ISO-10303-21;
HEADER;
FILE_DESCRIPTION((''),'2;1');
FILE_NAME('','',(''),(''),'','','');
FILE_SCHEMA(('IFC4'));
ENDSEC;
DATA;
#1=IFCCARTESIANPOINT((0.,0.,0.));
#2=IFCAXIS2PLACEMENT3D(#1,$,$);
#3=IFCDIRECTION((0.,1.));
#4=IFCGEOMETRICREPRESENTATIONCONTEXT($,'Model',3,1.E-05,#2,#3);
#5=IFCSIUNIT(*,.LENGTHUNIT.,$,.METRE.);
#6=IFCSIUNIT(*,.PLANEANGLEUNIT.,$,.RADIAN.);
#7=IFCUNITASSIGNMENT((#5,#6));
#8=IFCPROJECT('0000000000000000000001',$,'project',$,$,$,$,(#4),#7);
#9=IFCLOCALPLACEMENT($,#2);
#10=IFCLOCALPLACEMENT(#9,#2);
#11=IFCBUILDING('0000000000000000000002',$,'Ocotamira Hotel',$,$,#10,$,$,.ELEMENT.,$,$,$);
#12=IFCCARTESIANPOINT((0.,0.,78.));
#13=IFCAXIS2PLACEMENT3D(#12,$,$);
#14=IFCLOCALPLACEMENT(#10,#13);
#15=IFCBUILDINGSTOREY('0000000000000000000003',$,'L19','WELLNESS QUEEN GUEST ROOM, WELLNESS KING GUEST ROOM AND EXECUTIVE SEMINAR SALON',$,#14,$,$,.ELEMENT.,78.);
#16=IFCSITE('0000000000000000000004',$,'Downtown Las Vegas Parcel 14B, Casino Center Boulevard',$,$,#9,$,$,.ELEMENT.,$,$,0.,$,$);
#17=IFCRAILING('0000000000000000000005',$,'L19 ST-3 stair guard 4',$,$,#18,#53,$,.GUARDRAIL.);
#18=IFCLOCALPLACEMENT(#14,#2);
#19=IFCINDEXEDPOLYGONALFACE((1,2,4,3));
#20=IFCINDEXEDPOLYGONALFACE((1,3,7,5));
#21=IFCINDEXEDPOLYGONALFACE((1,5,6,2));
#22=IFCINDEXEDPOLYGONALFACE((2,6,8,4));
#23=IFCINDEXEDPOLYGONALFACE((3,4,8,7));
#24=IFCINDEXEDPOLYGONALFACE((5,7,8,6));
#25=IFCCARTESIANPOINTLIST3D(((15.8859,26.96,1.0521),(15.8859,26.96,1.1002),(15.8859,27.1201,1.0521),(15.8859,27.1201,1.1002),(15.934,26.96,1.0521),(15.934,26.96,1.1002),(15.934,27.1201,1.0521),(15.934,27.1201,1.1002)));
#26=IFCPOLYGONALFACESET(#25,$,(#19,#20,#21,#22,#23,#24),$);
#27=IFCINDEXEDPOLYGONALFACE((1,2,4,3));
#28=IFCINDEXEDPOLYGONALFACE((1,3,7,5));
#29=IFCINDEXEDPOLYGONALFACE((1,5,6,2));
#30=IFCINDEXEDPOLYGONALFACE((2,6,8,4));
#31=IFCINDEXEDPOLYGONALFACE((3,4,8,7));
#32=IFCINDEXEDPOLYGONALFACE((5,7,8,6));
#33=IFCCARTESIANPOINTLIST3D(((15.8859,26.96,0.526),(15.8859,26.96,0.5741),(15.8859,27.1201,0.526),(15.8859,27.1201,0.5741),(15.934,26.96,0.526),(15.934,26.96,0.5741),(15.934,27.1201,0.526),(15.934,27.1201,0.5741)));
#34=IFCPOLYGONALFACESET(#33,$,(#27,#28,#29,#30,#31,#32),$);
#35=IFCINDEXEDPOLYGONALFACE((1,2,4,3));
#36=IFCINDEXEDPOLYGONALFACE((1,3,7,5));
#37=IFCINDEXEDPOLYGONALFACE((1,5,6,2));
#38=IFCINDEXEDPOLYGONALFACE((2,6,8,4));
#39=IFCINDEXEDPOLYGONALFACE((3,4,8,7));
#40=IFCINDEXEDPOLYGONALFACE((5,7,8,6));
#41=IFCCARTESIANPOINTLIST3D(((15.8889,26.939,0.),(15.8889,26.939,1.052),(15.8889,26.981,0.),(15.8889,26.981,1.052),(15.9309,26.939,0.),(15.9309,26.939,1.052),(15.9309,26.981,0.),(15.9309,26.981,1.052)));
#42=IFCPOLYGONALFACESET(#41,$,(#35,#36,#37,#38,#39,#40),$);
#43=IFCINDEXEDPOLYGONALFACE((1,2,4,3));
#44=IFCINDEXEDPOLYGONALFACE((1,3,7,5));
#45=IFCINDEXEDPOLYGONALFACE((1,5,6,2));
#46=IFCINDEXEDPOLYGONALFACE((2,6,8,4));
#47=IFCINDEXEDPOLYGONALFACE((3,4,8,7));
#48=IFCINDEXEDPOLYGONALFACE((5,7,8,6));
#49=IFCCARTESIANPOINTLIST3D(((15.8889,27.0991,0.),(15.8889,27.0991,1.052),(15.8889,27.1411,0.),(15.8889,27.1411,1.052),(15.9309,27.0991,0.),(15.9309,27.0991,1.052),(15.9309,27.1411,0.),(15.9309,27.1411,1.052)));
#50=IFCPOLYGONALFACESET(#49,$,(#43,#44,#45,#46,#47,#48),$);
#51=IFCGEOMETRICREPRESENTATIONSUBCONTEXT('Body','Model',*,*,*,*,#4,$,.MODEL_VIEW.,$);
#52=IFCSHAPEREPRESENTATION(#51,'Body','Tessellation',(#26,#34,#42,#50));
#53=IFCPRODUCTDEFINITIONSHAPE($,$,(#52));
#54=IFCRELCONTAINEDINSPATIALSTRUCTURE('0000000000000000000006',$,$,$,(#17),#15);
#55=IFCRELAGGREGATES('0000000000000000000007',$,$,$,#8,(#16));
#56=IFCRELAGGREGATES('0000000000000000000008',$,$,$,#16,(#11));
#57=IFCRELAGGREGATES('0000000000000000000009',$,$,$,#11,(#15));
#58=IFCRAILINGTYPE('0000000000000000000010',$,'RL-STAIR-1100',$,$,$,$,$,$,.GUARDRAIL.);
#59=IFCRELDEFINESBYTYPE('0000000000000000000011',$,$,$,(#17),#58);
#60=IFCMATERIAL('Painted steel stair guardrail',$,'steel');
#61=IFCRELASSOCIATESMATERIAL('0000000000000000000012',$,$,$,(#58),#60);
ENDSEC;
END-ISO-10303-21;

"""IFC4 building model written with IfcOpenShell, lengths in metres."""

from ifc_helpers import new_model, si_unit, direction, frame, origin, origin_2d, place, context, subcontext, project, spatial, rectangle, extrude, material, type_object, element, save


model = new_model("IFC4")

# Units and contexts
model_context = context("Model", 3, precision=1e-05, world=origin(), true_north=direction((0.0, 1.0)))
body_context = subcontext(model_context, "Body", "Model", "MODEL_VIEW")
ifc_project = project(units=[si_unit("LENGTHUNIT", "METRE"), si_unit("PLANEANGLEUNIT", "RADIAN")], contexts=[model_context])

# Site, building, storey
site_placement = place(None, origin())
site = spatial("IfcSite", under=ifc_project, at=site_placement, Name="Downtown Las Vegas Parcel 14B, Casino Center Boulevard", CompositionType="ELEMENT", RefElevation=0.0)
building_placement = place(site_placement, origin())
building = spatial("IfcBuilding", under=site, at=building_placement, Name="Ocotamira Hotel", CompositionType="ELEMENT")
storey_placement = place(building_placement, frame((0.0, 0.0, 78.0)))
storey = spatial("IfcBuildingStorey", under=building, at=storey_placement, Name="L19", Description="WELLNESS QUEEN GUEST ROOM, WELLNESS KING GUEST ROOM AND EXECUTIVE SEMINAR SALON", CompositionType="ELEMENT", Elevation=78.0)

# Railing
ifc_material_1 = material(Name="Painted steel stair guardrail", Category="steel")
railing_type_1 = type_object("IfcRailingType", Name="RL-STAIR-1100", PredefinedType="GUARDRAIL", material=ifc_material_1)
railing_1_placement = place(storey_placement, frame((15.9099, 26.96, 0.0)))
element("IfcRailing", 1, at=railing_1_placement, inside=storey, type_object=railing_type_1, Name="L19 ST-3 stair guard 4", PredefinedType="GUARDRAIL", context=body_context, shape_type="SweptSolid", body=[
    extrude(rectangle(XDim=0.0481, YDim=0.0481, at=origin_2d()), frame((0.0, 0.0, 1.0762), z_axis=(0.0, 1.0, 0.0), x_axis=(-1.0, 0.0, 0.0)), (0.0, 0.0, 1.0), 0.1602),
    extrude(rectangle(XDim=0.0481, YDim=0.0481, at=origin_2d()), frame((0.0, 0.0, 0.55), z_axis=(0.0, 1.0, 0.0), x_axis=(-1.0, 0.0, 0.0)), (0.0, 0.0, 1.0), 0.1602),
    extrude(rectangle(XDim=0.042, YDim=0.042, at=origin_2d()), origin(), (0.0, 0.0, 1.0), 1.052),
    extrude(rectangle(XDim=0.042, YDim=0.042, at=origin_2d()), frame((0.0, 0.1602, 0.0)), (0.0, 0.0, 1.0), 1.052),
])

save(model, "model.ifc")
